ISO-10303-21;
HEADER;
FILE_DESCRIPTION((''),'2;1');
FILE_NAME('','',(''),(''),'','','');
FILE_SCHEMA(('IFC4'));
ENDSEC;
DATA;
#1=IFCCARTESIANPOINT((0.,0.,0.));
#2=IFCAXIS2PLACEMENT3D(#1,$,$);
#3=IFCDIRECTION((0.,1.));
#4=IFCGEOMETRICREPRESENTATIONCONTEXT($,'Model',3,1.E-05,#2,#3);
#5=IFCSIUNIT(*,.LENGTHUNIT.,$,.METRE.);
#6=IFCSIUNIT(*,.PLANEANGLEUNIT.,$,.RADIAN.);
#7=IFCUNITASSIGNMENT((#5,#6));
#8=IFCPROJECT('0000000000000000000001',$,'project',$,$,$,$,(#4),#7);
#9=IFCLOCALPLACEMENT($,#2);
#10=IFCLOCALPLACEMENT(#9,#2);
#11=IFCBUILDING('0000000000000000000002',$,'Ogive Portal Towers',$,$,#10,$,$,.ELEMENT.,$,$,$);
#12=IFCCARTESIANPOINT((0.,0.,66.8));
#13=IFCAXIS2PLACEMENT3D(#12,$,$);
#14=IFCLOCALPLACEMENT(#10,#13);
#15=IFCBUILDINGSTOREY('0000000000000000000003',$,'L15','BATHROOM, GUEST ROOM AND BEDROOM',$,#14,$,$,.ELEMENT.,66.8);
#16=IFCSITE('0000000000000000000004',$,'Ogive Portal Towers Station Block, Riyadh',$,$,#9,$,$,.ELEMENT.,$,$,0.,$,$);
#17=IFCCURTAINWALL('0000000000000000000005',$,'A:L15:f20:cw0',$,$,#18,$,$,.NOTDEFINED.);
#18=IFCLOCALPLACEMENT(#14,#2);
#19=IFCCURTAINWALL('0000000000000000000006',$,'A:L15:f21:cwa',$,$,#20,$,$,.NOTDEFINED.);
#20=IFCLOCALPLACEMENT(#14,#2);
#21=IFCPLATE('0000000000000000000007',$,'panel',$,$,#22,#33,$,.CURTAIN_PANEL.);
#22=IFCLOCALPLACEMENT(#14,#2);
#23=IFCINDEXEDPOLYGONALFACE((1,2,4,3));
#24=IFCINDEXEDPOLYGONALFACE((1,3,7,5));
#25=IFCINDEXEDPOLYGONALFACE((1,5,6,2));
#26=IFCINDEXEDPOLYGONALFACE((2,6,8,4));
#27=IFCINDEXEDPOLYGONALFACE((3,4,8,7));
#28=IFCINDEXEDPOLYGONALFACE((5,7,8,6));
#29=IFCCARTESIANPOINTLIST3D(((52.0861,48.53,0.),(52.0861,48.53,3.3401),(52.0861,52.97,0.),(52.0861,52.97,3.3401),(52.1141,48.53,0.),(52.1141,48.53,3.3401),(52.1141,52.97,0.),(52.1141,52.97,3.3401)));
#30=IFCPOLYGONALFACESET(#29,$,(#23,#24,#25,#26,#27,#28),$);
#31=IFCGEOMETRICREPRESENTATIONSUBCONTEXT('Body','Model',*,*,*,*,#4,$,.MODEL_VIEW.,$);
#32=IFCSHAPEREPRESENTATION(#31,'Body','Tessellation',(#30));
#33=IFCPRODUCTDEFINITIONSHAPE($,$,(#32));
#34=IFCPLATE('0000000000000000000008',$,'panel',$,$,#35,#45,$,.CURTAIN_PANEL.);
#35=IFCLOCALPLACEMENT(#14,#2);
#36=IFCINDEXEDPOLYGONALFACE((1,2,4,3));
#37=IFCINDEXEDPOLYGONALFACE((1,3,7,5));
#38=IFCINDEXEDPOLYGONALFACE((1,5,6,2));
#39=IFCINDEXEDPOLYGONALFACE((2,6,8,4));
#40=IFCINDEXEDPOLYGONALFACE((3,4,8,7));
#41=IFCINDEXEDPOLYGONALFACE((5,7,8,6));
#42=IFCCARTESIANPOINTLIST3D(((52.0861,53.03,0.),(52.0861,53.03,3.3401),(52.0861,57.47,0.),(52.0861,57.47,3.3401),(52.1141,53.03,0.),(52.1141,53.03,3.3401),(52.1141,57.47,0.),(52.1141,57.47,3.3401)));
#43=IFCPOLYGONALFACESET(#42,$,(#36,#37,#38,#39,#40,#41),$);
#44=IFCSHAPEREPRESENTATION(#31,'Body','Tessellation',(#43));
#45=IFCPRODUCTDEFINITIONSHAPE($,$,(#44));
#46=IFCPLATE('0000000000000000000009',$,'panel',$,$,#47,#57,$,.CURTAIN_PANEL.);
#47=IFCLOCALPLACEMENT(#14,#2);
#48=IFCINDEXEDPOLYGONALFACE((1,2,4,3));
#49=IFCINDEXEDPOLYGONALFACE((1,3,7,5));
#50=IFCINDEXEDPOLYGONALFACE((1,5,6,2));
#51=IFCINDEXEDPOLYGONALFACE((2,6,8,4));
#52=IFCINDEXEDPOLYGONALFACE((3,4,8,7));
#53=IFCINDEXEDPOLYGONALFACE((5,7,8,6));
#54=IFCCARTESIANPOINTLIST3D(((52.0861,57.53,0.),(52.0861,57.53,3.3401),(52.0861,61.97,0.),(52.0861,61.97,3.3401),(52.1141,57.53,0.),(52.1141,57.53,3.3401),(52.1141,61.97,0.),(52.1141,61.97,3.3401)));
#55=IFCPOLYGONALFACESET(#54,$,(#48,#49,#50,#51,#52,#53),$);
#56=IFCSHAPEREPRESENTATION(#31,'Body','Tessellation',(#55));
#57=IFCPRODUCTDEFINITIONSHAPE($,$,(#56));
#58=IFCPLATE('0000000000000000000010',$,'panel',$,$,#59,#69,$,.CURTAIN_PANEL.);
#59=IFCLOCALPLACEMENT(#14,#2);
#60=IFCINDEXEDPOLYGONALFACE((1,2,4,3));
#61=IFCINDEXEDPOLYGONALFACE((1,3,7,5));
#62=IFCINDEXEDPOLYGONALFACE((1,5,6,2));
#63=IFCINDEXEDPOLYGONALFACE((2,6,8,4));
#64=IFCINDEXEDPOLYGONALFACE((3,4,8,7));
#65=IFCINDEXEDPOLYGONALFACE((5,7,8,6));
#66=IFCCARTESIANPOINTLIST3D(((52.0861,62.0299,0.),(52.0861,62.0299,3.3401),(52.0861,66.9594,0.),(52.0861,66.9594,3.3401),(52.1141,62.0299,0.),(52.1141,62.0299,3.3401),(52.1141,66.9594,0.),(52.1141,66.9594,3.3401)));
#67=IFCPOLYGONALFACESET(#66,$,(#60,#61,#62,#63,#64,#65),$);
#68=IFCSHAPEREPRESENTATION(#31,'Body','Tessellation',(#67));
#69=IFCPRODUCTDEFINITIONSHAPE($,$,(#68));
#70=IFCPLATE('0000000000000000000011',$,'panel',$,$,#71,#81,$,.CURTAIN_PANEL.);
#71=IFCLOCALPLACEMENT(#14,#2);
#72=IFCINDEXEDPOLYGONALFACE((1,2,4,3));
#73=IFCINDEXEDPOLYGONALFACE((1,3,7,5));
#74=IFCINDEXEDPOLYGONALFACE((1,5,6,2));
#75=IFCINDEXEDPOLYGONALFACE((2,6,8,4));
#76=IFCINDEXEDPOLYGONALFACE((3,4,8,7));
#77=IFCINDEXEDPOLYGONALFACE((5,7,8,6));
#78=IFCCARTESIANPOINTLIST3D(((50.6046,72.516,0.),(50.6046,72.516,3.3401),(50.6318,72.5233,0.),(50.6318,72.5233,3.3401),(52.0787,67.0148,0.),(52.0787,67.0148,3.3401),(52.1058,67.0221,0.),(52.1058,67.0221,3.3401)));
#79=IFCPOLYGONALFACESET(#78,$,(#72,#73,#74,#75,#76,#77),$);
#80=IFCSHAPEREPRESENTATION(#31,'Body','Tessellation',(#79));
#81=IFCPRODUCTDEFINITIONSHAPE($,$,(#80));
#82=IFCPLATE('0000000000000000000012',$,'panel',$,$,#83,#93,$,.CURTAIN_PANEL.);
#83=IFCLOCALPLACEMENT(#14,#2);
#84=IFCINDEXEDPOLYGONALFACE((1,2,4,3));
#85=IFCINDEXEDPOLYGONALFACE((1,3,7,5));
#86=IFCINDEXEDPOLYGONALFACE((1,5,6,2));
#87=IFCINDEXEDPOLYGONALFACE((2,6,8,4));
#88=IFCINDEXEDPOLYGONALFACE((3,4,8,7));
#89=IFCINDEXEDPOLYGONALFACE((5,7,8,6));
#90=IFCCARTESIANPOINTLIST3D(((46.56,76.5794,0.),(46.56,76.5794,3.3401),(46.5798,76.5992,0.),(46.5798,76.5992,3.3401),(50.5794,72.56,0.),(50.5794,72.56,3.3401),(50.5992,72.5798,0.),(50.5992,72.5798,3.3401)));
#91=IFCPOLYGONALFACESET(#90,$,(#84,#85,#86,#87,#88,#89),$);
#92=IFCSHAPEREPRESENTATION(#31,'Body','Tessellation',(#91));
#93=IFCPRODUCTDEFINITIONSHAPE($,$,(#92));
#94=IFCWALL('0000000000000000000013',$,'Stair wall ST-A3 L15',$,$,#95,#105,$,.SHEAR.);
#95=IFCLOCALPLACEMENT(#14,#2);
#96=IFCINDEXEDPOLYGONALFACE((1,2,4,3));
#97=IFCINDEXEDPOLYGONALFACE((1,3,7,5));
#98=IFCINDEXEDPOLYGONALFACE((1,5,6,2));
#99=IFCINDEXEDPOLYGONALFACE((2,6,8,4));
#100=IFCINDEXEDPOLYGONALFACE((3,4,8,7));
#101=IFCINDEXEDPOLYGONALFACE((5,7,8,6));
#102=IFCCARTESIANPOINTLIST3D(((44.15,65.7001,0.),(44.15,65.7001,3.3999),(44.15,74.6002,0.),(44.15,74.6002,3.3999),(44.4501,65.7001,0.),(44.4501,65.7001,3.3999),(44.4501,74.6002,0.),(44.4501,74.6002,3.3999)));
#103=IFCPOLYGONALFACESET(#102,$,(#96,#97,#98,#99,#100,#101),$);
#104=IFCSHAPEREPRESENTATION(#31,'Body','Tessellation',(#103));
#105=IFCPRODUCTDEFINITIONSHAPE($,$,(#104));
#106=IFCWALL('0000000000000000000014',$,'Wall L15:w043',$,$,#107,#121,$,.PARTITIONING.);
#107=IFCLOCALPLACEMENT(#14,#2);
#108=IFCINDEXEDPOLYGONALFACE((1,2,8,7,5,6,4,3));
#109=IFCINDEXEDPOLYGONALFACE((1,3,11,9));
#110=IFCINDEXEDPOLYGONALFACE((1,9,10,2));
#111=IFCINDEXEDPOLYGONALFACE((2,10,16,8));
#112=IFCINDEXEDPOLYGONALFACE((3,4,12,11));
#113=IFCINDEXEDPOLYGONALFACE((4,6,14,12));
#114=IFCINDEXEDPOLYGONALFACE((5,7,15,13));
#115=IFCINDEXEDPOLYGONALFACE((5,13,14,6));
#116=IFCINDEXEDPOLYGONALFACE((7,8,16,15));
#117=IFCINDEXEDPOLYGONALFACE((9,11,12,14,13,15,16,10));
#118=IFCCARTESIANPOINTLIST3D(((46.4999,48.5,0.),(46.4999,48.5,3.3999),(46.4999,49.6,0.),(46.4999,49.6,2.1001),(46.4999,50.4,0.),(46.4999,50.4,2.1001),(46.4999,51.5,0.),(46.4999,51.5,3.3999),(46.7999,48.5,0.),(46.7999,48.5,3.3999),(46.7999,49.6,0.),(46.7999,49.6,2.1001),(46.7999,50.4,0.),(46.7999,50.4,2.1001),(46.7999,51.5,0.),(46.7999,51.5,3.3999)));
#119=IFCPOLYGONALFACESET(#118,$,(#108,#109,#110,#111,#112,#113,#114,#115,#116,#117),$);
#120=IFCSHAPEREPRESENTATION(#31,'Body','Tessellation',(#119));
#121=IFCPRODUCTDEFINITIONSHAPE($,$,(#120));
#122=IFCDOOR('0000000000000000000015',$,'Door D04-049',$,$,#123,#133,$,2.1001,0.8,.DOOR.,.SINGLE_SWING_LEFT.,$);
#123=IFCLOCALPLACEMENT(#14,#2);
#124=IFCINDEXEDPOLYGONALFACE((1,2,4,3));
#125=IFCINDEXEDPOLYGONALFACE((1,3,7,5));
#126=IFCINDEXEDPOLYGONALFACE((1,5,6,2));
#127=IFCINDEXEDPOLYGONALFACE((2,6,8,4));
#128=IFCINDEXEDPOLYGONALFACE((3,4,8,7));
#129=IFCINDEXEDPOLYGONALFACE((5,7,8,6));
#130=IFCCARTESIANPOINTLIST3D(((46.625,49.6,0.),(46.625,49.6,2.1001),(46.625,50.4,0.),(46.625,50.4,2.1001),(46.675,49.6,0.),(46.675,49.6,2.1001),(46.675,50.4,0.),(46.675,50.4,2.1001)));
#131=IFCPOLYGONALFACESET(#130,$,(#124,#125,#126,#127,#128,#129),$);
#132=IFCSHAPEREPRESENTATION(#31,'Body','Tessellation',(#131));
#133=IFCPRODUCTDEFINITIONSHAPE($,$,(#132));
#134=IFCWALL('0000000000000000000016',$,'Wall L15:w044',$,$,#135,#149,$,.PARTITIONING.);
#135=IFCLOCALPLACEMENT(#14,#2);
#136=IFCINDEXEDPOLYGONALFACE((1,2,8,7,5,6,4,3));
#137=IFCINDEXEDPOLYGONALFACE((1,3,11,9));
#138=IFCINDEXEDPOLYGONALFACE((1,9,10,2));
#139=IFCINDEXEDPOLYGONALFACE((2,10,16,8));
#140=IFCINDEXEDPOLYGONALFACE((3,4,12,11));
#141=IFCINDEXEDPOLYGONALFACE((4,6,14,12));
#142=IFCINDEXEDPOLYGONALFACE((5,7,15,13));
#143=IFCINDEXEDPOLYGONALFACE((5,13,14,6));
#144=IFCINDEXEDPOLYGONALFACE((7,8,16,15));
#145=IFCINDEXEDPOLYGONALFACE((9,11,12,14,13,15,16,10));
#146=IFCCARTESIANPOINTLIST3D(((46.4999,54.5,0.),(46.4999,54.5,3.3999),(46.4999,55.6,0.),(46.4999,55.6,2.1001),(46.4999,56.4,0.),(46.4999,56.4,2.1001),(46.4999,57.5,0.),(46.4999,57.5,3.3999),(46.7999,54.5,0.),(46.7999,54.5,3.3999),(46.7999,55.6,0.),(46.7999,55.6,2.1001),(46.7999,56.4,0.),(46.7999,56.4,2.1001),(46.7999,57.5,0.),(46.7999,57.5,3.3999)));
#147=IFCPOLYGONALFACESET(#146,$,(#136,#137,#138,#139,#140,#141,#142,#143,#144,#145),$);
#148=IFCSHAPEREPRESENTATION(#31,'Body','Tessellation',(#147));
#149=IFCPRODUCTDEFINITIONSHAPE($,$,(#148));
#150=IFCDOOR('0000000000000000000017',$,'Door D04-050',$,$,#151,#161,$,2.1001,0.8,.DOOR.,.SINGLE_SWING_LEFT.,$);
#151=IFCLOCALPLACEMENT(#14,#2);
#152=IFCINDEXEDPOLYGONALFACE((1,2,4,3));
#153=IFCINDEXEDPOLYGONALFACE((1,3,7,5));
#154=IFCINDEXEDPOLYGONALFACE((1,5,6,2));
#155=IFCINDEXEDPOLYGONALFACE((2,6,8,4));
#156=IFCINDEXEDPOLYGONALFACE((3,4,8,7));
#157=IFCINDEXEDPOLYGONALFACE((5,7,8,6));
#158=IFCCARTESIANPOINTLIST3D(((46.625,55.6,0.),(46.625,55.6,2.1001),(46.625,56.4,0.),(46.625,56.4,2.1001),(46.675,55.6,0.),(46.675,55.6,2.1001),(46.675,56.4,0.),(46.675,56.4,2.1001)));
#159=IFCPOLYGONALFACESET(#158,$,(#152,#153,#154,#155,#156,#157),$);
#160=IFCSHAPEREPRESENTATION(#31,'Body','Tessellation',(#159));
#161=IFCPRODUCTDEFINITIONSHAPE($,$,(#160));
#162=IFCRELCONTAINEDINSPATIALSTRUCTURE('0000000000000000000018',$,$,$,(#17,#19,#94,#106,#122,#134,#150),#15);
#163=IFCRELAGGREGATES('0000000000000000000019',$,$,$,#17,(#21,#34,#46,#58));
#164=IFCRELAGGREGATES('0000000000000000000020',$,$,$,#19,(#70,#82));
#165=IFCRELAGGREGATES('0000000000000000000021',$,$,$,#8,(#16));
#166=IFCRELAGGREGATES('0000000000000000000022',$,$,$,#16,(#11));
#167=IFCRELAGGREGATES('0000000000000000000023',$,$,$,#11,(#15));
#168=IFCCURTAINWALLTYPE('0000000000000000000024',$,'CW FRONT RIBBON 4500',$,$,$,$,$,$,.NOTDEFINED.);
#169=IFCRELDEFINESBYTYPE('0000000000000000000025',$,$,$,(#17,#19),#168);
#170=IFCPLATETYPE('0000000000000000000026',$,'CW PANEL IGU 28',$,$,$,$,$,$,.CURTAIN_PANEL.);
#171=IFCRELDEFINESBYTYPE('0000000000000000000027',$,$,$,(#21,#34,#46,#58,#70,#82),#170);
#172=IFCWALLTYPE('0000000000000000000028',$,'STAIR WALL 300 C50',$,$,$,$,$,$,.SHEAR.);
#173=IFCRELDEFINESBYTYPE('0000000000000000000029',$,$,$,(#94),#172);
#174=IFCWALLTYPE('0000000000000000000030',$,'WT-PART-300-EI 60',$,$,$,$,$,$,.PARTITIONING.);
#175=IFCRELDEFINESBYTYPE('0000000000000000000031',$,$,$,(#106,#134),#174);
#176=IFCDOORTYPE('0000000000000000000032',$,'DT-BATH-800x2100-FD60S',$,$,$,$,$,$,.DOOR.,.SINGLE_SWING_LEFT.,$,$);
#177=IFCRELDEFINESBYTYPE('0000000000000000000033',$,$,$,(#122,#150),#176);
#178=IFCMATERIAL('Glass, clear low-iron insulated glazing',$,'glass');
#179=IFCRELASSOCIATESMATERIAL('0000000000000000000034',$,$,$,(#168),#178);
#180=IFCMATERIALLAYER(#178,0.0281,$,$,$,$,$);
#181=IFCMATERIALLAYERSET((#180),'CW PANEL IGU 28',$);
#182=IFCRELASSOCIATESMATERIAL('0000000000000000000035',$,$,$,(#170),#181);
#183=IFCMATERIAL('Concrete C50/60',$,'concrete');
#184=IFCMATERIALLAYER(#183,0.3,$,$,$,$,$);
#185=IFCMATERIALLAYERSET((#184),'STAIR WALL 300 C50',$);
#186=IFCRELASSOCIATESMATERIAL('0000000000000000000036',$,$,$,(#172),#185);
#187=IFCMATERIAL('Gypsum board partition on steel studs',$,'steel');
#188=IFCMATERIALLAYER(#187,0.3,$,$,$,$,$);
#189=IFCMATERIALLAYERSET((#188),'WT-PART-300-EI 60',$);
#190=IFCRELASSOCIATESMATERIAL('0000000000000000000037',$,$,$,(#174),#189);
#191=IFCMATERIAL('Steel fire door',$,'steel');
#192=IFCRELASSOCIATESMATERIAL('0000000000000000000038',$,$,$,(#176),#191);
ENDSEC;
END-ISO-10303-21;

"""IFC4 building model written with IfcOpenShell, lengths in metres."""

from ifc_helpers import new_model, si_unit, direction, frame, frame_2d, origin, origin_2d, place, context, subcontext, project, spatial, rectangle, extrude, material, layer, layer_set, type_object, element, fill, aggregate, save


model = new_model("IFC4")

# Units and contexts
model_context = context("Model", 3, precision=1e-05, world=origin(), true_north=direction((0.0, 1.0)))
body_context = subcontext(model_context, "Body", "Model", "MODEL_VIEW")
ifc_project = project(units=[si_unit("LENGTHUNIT", "METRE"), si_unit("PLANEANGLEUNIT", "RADIAN")], contexts=[model_context])

# Site, building, storey
site_placement = place(None, origin())
site = spatial("IfcSite", under=ifc_project, at=site_placement, Name="Ogive Portal Towers Station Block, Riyadh", CompositionType="ELEMENT", RefElevation=0.0)
building_placement = place(site_placement, origin())
building = spatial("IfcBuilding", under=site, at=building_placement, Name="Ogive Portal Towers", CompositionType="ELEMENT")
storey_placement = place(building_placement, frame((0.0, 0.0, 66.8)))
storey = spatial("IfcBuildingStorey", under=building, at=storey_placement, Name="L15", Description="BATHROOM, GUEST ROOM AND BEDROOM", CompositionType="ELEMENT", Elevation=66.8)

# Curtain walls
ifc_material_1 = material(Name="Glass, clear low-iron insulated glazing", Category="glass")
curtain_wall_type = type_object("IfcCurtainWallType", Name="CW FRONT RIBBON 4500", PredefinedType="NOTDEFINED", material=ifc_material_1)
curtain_wall_1_placement = place(storey_placement, origin())
curtain_wall_1 = element("IfcCurtainWall", 1, at=curtain_wall_1_placement, inside=storey, type_object=curtain_wall_type, Name="A:L15:f20:cw0", PredefinedType="NOTDEFINED")
curtain_wall_2_placement = place(storey_placement, origin())
curtain_wall_2 = element("IfcCurtainWall", 2, at=curtain_wall_2_placement, inside=storey, type_object=curtain_wall_type, Name="A:L15:f21:cwa", PredefinedType="NOTDEFINED")

# Plates
ifc_layer_1 = layer(ifc_material_1, 0.0281)
ifc_layer_set_1 = layer_set([ifc_layer_1], Name="CW PANEL IGU 28")
plate_type = type_object("IfcPlateType", Name="CW PANEL IGU 28", PredefinedType="CURTAIN_PANEL", material=ifc_layer_set_1)
plate_1_placement = place(storey_placement, frame((52.1001, 50.75, 0.0), z_axis=(0.0, 0.0, 1.0), x_axis=(0.0, 1.0, 0.0)))
plate_1 = element("IfcPlate", 3, at=plate_1_placement, type_object=plate_type, Name="panel", PredefinedType="CURTAIN_PANEL", context=body_context, shape_type="SweptSolid", body=[
    extrude(rectangle(XDim=4.4399, YDim=0.0281, at=origin_2d()), origin(), (0.0, 0.0, 1.0), 3.3401),
])
plate_2_placement = place(storey_placement, frame((52.1001, 55.25, 0.0), z_axis=(0.0, 0.0, 1.0), x_axis=(0.0, 1.0, 0.0)))
plate_2 = element("IfcPlate", 4, at=plate_2_placement, type_object=plate_type, Name="panel", PredefinedType="CURTAIN_PANEL", context=body_context, shape_type="SweptSolid", body=[
    extrude(rectangle(XDim=4.4399, YDim=0.0281, at=origin_2d()), origin(), (0.0, 0.0, 1.0), 3.3401),
])
plate_3_placement = place(storey_placement, frame((52.1001, 59.75, 0.0), z_axis=(0.0, 0.0, 1.0), x_axis=(0.0, 1.0, 0.0)))
plate_3 = element("IfcPlate", 5, at=plate_3_placement, type_object=plate_type, Name="panel", PredefinedType="CURTAIN_PANEL", context=body_context, shape_type="SweptSolid", body=[
    extrude(rectangle(XDim=4.4399, YDim=0.0281, at=origin_2d()), origin(), (0.0, 0.0, 1.0), 3.3401),
])
plate_4_placement = place(storey_placement, frame((52.1001, 64.4946, 0.0), z_axis=(0.0, 0.0, 1.0), x_axis=(0.0, 1.0, 0.0)))
plate_4 = element("IfcPlate", 6, at=plate_4_placement, type_object=plate_type, Name="panel", PredefinedType="CURTAIN_PANEL", context=body_context, shape_type="SweptSolid", body=[
    extrude(rectangle(XDim=4.9294, YDim=0.0281, at=origin_2d()), origin(), (0.0, 0.0, 1.0), 3.3401),
])
aggregate(curtain_wall_1, [plate_1, plate_2, plate_3, plate_4])
plate_5_placement = place(storey_placement, frame((51.3552, 69.769, 0.0), z_axis=(0.0, 0.0, 1.0), x_axis=(-0.258819, 0.965926, 0.0)))
plate_5 = element("IfcPlate", 7, at=plate_5_placement, type_object=plate_type, Name="panel", PredefinedType="CURTAIN_PANEL", context=body_context, shape_type="SweptSolid", body=[
    extrude(rectangle(XDim=5.6953, YDim=0.0281, at=origin_2d()), origin(), (0.0, 0.0, 1.0), 3.3401),
])
plate_6_placement = place(storey_placement, frame((48.5796, 74.5796, 0.0), z_axis=(0.0, 0.0, 1.0), x_axis=(-0.707107, 0.707107, 0.0)))
plate_6 = element("IfcPlate", 8, at=plate_6_placement, type_object=plate_type, Name="panel", PredefinedType="CURTAIN_PANEL", context=body_context, shape_type="SweptSolid", body=[
    extrude(rectangle(XDim=5.6843, YDim=0.0281, at=origin_2d()), origin(), (0.0, 0.0, 1.0), 3.3401),
])
aggregate(curtain_wall_2, [plate_5, plate_6])

# Wall
ifc_material_2 = material(Name="Concrete C50/60", Category="concrete")
ifc_layer_2 = layer(ifc_material_2, 0.3)
ifc_layer_set_2 = layer_set([ifc_layer_2], Name="STAIR WALL 300 C50")
wall_type_1 = type_object("IfcWallType", Name="STAIR WALL 300 C50", PredefinedType="SHEAR", material=ifc_layer_set_2)
wall_1_placement = place(storey_placement, frame((44.3, 65.7, 0.0), z_axis=(0.0, 0.0, 1.0), x_axis=(0.0, 1.0, 0.0)))
element("IfcWall", 9, at=wall_1_placement, inside=storey, type_object=wall_type_1, Name="Stair wall ST-A3 L15", PredefinedType="SHEAR", context=body_context, shape_type="SweptSolid", body=[
    extrude(rectangle(XDim=8.9001, YDim=0.3, at=frame_2d((4.4502, 0.0))), origin(), (0.0, 0.0, 1.0), 3.3999),
])

# Walls, openings, doors
ifc_material_3 = material(Name="Gypsum board partition on steel studs", Category="steel")
ifc_layer_3 = layer(ifc_material_3, 0.3)
ifc_layer_set_3 = layer_set([ifc_layer_3], Name="WT-PART-300-EI 60")
wall_type_2 = type_object("IfcWallType", Name="WT-PART-300-EI 60", PredefinedType="PARTITIONING", material=ifc_layer_set_3)
wall_2_placement = place(storey_placement, frame((46.6499, 48.5, 0.0), z_axis=(0.0, 0.0, 1.0), x_axis=(0.0, 1.0, 0.0)))
wall_2 = element("IfcWall", 10, at=wall_2_placement, inside=storey, type_object=wall_type_2, Name="Wall L15:w043", PredefinedType="PARTITIONING", context=body_context, shape_type="SweptSolid", body=[
    extrude(rectangle(XDim=3.0, YDim=0.3, at=frame_2d((1.5, 0.0))), origin(), (0.0, 0.0, 1.0), 3.3999),
])
opening_1_placement = place(wall_2_placement, frame((1.1001, 0.0, 0.0)))
opening_1 = element("IfcOpeningElement", 11, at=opening_1_placement, cuts=wall_2, PredefinedType="OPENING", context=body_context, shape_type="SweptSolid", body=[
    extrude(rectangle(XDim=0.8, YDim=2.1001, at=frame_2d((0.3999, 1.05))), frame((0.0, 0.1602, 0.0), z_axis=(0.0, -1.0, 0.0), x_axis=(1.0, 0.0, 0.0)), (0.0, 0.0, 1.0), 0.3201),
])
ifc_material_4 = material(Name="Steel fire door", Category="steel")
door_type = type_object("IfcDoorType", Name="DT-BATH-800x2100-FD60S", OperationType="SINGLE_SWING_LEFT", PredefinedType="DOOR", material=ifc_material_4)
door_1_placement = place(opening_1_placement, origin())
door_1 = element("IfcDoor", 12, at=door_1_placement, inside=storey, type_object=door_type, Name="Door D04-049", OperationType="SINGLE_SWING_LEFT", OverallHeight=2.1001, OverallWidth=0.8, PredefinedType="DOOR", context=body_context, shape_type="SweptSolid", body=[
    extrude(rectangle(XDim=0.8, YDim=2.1001, at=frame_2d((0.3999, 1.05))), frame((0.0, 0.0249, 0.0), z_axis=(0.0, -1.0, 0.0), x_axis=(1.0, 0.0, 0.0)), (0.0, 0.0, 1.0), 0.05),
])
fill(opening_1, door_1)
wall_3_placement = place(storey_placement, frame((46.6499, 54.5, 0.0), z_axis=(0.0, 0.0, 1.0), x_axis=(0.0, 1.0, 0.0)))
wall_3 = element("IfcWall", 13, at=wall_3_placement, inside=storey, type_object=wall_type_2, Name="Wall L15:w044", PredefinedType="PARTITIONING", context=body_context, shape_type="SweptSolid", body=[
    extrude(rectangle(XDim=3.0, YDim=0.3, at=frame_2d((1.5, 0.0))), origin(), (0.0, 0.0, 1.0), 3.3999),
])
opening_2_placement = place(wall_3_placement, frame((1.1001, 0.0, 0.0)))
opening_2 = element("IfcOpeningElement", 14, at=opening_2_placement, cuts=wall_3, PredefinedType="OPENING", context=body_context, shape_type="SweptSolid", body=[
    extrude(rectangle(XDim=0.8, YDim=2.1001, at=frame_2d((0.3999, 1.05))), frame((0.0, 0.1602, 0.0), z_axis=(0.0, -1.0, 0.0), x_axis=(1.0, 0.0, 0.0)), (0.0, 0.0, 1.0), 0.3201),
])
door_2_placement = place(opening_2_placement, origin())
door_2 = element("IfcDoor", 15, at=door_2_placement, inside=storey, type_object=door_type, Name="Door D04-050", OperationType="SINGLE_SWING_LEFT", OverallHeight=2.1001, OverallWidth=0.8, PredefinedType="DOOR", context=body_context, shape_type="SweptSolid", body=[
    extrude(rectangle(XDim=0.8, YDim=2.1001, at=frame_2d((0.3999, 1.05))), frame((0.0, 0.0249, 0.0), z_axis=(0.0, -1.0, 0.0), x_axis=(1.0, 0.0, 0.0)), (0.0, 0.0, 1.0), 0.05),
])
fill(opening_2, door_2)

save(model, "model.ifc")
